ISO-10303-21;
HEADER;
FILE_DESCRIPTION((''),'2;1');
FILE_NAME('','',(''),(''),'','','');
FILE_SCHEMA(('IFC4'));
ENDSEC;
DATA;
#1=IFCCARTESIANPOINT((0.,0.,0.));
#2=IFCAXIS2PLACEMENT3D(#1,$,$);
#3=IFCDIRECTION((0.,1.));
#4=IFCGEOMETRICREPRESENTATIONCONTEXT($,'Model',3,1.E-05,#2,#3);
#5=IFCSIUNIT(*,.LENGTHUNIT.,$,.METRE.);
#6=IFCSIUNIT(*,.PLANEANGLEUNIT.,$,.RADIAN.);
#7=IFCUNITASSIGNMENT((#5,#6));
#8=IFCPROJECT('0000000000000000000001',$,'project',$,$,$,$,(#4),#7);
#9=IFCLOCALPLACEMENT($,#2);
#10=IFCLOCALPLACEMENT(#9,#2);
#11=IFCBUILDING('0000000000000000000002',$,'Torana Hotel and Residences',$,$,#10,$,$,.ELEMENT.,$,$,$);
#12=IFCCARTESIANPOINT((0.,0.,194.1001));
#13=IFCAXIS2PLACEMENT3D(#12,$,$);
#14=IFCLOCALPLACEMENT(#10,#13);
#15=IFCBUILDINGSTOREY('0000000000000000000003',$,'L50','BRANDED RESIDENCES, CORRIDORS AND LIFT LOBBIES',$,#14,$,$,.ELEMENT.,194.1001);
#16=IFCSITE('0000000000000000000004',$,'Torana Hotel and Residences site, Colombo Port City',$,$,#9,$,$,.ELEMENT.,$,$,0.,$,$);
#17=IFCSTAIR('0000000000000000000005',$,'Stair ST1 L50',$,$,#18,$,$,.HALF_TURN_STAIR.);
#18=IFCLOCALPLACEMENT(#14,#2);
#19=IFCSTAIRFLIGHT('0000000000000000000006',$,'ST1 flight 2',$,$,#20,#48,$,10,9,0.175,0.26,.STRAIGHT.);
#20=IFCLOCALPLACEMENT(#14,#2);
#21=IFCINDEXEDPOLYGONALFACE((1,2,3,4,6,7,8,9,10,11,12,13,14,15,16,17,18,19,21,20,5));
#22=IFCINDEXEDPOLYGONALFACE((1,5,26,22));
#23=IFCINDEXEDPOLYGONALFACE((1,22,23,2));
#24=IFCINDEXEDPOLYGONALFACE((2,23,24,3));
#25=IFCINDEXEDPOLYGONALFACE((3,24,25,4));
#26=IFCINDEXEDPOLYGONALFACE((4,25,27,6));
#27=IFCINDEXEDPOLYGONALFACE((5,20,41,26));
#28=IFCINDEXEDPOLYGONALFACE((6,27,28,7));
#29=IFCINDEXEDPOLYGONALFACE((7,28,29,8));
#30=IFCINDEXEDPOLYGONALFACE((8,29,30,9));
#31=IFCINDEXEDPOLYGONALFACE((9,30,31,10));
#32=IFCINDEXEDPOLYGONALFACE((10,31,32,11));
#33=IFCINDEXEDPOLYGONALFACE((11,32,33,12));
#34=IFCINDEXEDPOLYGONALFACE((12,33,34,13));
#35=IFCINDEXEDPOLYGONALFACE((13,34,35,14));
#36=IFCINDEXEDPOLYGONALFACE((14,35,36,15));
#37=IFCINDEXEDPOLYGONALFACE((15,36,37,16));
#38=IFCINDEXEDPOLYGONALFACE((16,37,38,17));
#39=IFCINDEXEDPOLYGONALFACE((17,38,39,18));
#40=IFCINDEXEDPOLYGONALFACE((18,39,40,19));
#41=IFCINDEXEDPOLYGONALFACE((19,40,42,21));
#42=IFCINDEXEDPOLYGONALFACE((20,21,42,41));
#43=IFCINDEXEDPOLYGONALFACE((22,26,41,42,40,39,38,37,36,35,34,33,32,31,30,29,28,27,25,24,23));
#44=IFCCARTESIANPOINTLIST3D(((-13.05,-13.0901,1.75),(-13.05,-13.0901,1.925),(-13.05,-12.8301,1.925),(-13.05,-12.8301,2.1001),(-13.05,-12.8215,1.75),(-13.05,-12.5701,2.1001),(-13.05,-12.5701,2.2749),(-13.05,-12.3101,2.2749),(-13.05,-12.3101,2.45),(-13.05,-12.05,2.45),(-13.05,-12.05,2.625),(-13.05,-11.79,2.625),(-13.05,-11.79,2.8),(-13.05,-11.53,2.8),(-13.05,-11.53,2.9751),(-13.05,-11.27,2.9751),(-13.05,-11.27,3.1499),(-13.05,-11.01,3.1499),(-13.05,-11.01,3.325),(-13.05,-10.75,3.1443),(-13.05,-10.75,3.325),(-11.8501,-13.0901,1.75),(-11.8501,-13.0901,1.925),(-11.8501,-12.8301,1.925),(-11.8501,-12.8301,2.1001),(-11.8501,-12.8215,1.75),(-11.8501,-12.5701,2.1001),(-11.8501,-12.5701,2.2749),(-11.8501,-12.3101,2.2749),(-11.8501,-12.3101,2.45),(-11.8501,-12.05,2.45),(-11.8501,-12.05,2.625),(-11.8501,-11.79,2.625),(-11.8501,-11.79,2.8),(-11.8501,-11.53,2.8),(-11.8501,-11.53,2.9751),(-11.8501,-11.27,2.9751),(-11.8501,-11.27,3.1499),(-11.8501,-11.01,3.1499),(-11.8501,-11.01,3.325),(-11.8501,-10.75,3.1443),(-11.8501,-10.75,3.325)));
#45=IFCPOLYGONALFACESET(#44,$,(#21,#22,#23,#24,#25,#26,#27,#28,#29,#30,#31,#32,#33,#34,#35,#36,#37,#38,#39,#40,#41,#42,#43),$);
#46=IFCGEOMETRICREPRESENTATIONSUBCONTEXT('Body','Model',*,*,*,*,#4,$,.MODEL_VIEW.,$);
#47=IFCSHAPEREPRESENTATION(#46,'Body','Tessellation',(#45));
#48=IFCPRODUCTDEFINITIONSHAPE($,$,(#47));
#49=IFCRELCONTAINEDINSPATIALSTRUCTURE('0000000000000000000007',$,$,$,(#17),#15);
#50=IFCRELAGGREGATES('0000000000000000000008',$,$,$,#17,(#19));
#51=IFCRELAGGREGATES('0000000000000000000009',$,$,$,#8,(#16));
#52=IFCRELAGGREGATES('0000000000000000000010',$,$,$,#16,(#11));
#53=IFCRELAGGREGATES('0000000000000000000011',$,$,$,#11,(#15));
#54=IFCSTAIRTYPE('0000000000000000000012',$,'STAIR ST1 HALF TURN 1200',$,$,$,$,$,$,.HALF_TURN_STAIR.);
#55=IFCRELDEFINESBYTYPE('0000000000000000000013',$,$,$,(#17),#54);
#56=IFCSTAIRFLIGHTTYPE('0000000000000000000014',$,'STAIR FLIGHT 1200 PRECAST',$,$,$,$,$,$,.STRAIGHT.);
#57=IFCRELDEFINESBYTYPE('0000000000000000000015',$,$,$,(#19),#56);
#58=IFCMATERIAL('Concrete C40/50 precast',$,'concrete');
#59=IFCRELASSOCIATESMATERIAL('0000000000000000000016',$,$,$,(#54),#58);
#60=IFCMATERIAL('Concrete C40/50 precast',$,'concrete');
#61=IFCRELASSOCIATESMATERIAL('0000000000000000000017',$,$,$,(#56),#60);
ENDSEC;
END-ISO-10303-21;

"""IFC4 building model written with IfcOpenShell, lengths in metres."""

from ifc_helpers import new_model, si_unit, direction, frame, origin, place, context, subcontext, project, spatial, polyline, outline, extrude, material, type_object, element, aggregate, save


model = new_model("IFC4")

# Units and contexts
model_context = context("Model", 3, precision=1e-05, world=origin(), true_north=direction((0.0, 1.0)))
body_context = subcontext(model_context, "Body", "Model", "MODEL_VIEW")
ifc_project = project(units=[si_unit("LENGTHUNIT", "METRE"), si_unit("PLANEANGLEUNIT", "RADIAN")], contexts=[model_context])

# Site, building, storey
site_placement = place(None, origin())
site = spatial("IfcSite", under=ifc_project, at=site_placement, Name="Torana Hotel and Residences site, Colombo Port City", CompositionType="ELEMENT", RefElevation=0.0)
building_placement = place(site_placement, origin())
building = spatial("IfcBuilding", under=site, at=building_placement, Name="Torana Hotel and Residences", CompositionType="ELEMENT")
storey_placement = place(building_placement, frame((0.0, 0.0, 194.1001)))
storey = spatial("IfcBuildingStorey", under=building, at=storey_placement, Name="L50", Description="BRANDED RESIDENCES, CORRIDORS AND LIFT LOBBIES", CompositionType="ELEMENT", Elevation=194.1001)

# Stair, stair flight
ifc_material_1 = material(Name="Concrete C40/50 precast", Category="concrete")
stair_type = type_object("IfcStairType", Name="STAIR ST1 HALF TURN 1200", PredefinedType="HALF_TURN_STAIR", material=ifc_material_1)
stair_placement = place(storey_placement, origin())
stair = element("IfcStair", 1, at=stair_placement, inside=storey, type_object=stair_type, Name="Stair ST1 L50", PredefinedType="HALF_TURN_STAIR")
ifc_material_2 = material(Name="Concrete C40/50 precast", Category="concrete")
stair_flight_type = type_object("IfcStairFlightType", Name="STAIR FLIGHT 1200 PRECAST", PredefinedType="STRAIGHT", material=ifc_material_2)
stair_flight_1_placement = place(storey_placement, frame((-12.45, -13.0901, 1.75), z_axis=(0.0, 0.0, 1.0), x_axis=(0.0, 1.0, 0.0)))
stair_flight_1 = element("IfcStairFlight", 2, at=stair_flight_1_placement, type_object=stair_flight_type, Name="ST1 flight 2", NumberOfRisers=10, NumberOfTreads=9, PredefinedType="STRAIGHT", RiserHeight=0.175, TreadLength=0.26, context=body_context, shape_type="SweptSolid", body=[
    extrude(outline(polyline([(0.0, 0.0), (0.0, 0.175), (0.26, 0.175), (0.26, 0.3501), (0.52, 0.3501), (0.52, 0.5249), (0.78, 0.5249), (0.78, 0.7), (1.04, 0.7), (1.04, 0.875), (1.3, 0.875), (1.3, 1.05), (1.5601, 1.05), (1.5601, 1.2251), (1.8201, 1.2251), (1.8201, 1.3999), (2.0801, 1.3999), (2.0801, 1.575), (2.3401, 1.575), (2.3401, 1.75), (2.3401, 1.3943), (0.2686, 0.0), (0.0, 0.0)])), frame((0.0, 0.6001, 0.0), z_axis=(0.0, -1.0, 0.0), x_axis=(1.0, 0.0, 0.0)), (0.0, 0.0, 1.0), 1.2),
])
aggregate(stair, [stair_flight_1])

save(model, "model.ifc")
